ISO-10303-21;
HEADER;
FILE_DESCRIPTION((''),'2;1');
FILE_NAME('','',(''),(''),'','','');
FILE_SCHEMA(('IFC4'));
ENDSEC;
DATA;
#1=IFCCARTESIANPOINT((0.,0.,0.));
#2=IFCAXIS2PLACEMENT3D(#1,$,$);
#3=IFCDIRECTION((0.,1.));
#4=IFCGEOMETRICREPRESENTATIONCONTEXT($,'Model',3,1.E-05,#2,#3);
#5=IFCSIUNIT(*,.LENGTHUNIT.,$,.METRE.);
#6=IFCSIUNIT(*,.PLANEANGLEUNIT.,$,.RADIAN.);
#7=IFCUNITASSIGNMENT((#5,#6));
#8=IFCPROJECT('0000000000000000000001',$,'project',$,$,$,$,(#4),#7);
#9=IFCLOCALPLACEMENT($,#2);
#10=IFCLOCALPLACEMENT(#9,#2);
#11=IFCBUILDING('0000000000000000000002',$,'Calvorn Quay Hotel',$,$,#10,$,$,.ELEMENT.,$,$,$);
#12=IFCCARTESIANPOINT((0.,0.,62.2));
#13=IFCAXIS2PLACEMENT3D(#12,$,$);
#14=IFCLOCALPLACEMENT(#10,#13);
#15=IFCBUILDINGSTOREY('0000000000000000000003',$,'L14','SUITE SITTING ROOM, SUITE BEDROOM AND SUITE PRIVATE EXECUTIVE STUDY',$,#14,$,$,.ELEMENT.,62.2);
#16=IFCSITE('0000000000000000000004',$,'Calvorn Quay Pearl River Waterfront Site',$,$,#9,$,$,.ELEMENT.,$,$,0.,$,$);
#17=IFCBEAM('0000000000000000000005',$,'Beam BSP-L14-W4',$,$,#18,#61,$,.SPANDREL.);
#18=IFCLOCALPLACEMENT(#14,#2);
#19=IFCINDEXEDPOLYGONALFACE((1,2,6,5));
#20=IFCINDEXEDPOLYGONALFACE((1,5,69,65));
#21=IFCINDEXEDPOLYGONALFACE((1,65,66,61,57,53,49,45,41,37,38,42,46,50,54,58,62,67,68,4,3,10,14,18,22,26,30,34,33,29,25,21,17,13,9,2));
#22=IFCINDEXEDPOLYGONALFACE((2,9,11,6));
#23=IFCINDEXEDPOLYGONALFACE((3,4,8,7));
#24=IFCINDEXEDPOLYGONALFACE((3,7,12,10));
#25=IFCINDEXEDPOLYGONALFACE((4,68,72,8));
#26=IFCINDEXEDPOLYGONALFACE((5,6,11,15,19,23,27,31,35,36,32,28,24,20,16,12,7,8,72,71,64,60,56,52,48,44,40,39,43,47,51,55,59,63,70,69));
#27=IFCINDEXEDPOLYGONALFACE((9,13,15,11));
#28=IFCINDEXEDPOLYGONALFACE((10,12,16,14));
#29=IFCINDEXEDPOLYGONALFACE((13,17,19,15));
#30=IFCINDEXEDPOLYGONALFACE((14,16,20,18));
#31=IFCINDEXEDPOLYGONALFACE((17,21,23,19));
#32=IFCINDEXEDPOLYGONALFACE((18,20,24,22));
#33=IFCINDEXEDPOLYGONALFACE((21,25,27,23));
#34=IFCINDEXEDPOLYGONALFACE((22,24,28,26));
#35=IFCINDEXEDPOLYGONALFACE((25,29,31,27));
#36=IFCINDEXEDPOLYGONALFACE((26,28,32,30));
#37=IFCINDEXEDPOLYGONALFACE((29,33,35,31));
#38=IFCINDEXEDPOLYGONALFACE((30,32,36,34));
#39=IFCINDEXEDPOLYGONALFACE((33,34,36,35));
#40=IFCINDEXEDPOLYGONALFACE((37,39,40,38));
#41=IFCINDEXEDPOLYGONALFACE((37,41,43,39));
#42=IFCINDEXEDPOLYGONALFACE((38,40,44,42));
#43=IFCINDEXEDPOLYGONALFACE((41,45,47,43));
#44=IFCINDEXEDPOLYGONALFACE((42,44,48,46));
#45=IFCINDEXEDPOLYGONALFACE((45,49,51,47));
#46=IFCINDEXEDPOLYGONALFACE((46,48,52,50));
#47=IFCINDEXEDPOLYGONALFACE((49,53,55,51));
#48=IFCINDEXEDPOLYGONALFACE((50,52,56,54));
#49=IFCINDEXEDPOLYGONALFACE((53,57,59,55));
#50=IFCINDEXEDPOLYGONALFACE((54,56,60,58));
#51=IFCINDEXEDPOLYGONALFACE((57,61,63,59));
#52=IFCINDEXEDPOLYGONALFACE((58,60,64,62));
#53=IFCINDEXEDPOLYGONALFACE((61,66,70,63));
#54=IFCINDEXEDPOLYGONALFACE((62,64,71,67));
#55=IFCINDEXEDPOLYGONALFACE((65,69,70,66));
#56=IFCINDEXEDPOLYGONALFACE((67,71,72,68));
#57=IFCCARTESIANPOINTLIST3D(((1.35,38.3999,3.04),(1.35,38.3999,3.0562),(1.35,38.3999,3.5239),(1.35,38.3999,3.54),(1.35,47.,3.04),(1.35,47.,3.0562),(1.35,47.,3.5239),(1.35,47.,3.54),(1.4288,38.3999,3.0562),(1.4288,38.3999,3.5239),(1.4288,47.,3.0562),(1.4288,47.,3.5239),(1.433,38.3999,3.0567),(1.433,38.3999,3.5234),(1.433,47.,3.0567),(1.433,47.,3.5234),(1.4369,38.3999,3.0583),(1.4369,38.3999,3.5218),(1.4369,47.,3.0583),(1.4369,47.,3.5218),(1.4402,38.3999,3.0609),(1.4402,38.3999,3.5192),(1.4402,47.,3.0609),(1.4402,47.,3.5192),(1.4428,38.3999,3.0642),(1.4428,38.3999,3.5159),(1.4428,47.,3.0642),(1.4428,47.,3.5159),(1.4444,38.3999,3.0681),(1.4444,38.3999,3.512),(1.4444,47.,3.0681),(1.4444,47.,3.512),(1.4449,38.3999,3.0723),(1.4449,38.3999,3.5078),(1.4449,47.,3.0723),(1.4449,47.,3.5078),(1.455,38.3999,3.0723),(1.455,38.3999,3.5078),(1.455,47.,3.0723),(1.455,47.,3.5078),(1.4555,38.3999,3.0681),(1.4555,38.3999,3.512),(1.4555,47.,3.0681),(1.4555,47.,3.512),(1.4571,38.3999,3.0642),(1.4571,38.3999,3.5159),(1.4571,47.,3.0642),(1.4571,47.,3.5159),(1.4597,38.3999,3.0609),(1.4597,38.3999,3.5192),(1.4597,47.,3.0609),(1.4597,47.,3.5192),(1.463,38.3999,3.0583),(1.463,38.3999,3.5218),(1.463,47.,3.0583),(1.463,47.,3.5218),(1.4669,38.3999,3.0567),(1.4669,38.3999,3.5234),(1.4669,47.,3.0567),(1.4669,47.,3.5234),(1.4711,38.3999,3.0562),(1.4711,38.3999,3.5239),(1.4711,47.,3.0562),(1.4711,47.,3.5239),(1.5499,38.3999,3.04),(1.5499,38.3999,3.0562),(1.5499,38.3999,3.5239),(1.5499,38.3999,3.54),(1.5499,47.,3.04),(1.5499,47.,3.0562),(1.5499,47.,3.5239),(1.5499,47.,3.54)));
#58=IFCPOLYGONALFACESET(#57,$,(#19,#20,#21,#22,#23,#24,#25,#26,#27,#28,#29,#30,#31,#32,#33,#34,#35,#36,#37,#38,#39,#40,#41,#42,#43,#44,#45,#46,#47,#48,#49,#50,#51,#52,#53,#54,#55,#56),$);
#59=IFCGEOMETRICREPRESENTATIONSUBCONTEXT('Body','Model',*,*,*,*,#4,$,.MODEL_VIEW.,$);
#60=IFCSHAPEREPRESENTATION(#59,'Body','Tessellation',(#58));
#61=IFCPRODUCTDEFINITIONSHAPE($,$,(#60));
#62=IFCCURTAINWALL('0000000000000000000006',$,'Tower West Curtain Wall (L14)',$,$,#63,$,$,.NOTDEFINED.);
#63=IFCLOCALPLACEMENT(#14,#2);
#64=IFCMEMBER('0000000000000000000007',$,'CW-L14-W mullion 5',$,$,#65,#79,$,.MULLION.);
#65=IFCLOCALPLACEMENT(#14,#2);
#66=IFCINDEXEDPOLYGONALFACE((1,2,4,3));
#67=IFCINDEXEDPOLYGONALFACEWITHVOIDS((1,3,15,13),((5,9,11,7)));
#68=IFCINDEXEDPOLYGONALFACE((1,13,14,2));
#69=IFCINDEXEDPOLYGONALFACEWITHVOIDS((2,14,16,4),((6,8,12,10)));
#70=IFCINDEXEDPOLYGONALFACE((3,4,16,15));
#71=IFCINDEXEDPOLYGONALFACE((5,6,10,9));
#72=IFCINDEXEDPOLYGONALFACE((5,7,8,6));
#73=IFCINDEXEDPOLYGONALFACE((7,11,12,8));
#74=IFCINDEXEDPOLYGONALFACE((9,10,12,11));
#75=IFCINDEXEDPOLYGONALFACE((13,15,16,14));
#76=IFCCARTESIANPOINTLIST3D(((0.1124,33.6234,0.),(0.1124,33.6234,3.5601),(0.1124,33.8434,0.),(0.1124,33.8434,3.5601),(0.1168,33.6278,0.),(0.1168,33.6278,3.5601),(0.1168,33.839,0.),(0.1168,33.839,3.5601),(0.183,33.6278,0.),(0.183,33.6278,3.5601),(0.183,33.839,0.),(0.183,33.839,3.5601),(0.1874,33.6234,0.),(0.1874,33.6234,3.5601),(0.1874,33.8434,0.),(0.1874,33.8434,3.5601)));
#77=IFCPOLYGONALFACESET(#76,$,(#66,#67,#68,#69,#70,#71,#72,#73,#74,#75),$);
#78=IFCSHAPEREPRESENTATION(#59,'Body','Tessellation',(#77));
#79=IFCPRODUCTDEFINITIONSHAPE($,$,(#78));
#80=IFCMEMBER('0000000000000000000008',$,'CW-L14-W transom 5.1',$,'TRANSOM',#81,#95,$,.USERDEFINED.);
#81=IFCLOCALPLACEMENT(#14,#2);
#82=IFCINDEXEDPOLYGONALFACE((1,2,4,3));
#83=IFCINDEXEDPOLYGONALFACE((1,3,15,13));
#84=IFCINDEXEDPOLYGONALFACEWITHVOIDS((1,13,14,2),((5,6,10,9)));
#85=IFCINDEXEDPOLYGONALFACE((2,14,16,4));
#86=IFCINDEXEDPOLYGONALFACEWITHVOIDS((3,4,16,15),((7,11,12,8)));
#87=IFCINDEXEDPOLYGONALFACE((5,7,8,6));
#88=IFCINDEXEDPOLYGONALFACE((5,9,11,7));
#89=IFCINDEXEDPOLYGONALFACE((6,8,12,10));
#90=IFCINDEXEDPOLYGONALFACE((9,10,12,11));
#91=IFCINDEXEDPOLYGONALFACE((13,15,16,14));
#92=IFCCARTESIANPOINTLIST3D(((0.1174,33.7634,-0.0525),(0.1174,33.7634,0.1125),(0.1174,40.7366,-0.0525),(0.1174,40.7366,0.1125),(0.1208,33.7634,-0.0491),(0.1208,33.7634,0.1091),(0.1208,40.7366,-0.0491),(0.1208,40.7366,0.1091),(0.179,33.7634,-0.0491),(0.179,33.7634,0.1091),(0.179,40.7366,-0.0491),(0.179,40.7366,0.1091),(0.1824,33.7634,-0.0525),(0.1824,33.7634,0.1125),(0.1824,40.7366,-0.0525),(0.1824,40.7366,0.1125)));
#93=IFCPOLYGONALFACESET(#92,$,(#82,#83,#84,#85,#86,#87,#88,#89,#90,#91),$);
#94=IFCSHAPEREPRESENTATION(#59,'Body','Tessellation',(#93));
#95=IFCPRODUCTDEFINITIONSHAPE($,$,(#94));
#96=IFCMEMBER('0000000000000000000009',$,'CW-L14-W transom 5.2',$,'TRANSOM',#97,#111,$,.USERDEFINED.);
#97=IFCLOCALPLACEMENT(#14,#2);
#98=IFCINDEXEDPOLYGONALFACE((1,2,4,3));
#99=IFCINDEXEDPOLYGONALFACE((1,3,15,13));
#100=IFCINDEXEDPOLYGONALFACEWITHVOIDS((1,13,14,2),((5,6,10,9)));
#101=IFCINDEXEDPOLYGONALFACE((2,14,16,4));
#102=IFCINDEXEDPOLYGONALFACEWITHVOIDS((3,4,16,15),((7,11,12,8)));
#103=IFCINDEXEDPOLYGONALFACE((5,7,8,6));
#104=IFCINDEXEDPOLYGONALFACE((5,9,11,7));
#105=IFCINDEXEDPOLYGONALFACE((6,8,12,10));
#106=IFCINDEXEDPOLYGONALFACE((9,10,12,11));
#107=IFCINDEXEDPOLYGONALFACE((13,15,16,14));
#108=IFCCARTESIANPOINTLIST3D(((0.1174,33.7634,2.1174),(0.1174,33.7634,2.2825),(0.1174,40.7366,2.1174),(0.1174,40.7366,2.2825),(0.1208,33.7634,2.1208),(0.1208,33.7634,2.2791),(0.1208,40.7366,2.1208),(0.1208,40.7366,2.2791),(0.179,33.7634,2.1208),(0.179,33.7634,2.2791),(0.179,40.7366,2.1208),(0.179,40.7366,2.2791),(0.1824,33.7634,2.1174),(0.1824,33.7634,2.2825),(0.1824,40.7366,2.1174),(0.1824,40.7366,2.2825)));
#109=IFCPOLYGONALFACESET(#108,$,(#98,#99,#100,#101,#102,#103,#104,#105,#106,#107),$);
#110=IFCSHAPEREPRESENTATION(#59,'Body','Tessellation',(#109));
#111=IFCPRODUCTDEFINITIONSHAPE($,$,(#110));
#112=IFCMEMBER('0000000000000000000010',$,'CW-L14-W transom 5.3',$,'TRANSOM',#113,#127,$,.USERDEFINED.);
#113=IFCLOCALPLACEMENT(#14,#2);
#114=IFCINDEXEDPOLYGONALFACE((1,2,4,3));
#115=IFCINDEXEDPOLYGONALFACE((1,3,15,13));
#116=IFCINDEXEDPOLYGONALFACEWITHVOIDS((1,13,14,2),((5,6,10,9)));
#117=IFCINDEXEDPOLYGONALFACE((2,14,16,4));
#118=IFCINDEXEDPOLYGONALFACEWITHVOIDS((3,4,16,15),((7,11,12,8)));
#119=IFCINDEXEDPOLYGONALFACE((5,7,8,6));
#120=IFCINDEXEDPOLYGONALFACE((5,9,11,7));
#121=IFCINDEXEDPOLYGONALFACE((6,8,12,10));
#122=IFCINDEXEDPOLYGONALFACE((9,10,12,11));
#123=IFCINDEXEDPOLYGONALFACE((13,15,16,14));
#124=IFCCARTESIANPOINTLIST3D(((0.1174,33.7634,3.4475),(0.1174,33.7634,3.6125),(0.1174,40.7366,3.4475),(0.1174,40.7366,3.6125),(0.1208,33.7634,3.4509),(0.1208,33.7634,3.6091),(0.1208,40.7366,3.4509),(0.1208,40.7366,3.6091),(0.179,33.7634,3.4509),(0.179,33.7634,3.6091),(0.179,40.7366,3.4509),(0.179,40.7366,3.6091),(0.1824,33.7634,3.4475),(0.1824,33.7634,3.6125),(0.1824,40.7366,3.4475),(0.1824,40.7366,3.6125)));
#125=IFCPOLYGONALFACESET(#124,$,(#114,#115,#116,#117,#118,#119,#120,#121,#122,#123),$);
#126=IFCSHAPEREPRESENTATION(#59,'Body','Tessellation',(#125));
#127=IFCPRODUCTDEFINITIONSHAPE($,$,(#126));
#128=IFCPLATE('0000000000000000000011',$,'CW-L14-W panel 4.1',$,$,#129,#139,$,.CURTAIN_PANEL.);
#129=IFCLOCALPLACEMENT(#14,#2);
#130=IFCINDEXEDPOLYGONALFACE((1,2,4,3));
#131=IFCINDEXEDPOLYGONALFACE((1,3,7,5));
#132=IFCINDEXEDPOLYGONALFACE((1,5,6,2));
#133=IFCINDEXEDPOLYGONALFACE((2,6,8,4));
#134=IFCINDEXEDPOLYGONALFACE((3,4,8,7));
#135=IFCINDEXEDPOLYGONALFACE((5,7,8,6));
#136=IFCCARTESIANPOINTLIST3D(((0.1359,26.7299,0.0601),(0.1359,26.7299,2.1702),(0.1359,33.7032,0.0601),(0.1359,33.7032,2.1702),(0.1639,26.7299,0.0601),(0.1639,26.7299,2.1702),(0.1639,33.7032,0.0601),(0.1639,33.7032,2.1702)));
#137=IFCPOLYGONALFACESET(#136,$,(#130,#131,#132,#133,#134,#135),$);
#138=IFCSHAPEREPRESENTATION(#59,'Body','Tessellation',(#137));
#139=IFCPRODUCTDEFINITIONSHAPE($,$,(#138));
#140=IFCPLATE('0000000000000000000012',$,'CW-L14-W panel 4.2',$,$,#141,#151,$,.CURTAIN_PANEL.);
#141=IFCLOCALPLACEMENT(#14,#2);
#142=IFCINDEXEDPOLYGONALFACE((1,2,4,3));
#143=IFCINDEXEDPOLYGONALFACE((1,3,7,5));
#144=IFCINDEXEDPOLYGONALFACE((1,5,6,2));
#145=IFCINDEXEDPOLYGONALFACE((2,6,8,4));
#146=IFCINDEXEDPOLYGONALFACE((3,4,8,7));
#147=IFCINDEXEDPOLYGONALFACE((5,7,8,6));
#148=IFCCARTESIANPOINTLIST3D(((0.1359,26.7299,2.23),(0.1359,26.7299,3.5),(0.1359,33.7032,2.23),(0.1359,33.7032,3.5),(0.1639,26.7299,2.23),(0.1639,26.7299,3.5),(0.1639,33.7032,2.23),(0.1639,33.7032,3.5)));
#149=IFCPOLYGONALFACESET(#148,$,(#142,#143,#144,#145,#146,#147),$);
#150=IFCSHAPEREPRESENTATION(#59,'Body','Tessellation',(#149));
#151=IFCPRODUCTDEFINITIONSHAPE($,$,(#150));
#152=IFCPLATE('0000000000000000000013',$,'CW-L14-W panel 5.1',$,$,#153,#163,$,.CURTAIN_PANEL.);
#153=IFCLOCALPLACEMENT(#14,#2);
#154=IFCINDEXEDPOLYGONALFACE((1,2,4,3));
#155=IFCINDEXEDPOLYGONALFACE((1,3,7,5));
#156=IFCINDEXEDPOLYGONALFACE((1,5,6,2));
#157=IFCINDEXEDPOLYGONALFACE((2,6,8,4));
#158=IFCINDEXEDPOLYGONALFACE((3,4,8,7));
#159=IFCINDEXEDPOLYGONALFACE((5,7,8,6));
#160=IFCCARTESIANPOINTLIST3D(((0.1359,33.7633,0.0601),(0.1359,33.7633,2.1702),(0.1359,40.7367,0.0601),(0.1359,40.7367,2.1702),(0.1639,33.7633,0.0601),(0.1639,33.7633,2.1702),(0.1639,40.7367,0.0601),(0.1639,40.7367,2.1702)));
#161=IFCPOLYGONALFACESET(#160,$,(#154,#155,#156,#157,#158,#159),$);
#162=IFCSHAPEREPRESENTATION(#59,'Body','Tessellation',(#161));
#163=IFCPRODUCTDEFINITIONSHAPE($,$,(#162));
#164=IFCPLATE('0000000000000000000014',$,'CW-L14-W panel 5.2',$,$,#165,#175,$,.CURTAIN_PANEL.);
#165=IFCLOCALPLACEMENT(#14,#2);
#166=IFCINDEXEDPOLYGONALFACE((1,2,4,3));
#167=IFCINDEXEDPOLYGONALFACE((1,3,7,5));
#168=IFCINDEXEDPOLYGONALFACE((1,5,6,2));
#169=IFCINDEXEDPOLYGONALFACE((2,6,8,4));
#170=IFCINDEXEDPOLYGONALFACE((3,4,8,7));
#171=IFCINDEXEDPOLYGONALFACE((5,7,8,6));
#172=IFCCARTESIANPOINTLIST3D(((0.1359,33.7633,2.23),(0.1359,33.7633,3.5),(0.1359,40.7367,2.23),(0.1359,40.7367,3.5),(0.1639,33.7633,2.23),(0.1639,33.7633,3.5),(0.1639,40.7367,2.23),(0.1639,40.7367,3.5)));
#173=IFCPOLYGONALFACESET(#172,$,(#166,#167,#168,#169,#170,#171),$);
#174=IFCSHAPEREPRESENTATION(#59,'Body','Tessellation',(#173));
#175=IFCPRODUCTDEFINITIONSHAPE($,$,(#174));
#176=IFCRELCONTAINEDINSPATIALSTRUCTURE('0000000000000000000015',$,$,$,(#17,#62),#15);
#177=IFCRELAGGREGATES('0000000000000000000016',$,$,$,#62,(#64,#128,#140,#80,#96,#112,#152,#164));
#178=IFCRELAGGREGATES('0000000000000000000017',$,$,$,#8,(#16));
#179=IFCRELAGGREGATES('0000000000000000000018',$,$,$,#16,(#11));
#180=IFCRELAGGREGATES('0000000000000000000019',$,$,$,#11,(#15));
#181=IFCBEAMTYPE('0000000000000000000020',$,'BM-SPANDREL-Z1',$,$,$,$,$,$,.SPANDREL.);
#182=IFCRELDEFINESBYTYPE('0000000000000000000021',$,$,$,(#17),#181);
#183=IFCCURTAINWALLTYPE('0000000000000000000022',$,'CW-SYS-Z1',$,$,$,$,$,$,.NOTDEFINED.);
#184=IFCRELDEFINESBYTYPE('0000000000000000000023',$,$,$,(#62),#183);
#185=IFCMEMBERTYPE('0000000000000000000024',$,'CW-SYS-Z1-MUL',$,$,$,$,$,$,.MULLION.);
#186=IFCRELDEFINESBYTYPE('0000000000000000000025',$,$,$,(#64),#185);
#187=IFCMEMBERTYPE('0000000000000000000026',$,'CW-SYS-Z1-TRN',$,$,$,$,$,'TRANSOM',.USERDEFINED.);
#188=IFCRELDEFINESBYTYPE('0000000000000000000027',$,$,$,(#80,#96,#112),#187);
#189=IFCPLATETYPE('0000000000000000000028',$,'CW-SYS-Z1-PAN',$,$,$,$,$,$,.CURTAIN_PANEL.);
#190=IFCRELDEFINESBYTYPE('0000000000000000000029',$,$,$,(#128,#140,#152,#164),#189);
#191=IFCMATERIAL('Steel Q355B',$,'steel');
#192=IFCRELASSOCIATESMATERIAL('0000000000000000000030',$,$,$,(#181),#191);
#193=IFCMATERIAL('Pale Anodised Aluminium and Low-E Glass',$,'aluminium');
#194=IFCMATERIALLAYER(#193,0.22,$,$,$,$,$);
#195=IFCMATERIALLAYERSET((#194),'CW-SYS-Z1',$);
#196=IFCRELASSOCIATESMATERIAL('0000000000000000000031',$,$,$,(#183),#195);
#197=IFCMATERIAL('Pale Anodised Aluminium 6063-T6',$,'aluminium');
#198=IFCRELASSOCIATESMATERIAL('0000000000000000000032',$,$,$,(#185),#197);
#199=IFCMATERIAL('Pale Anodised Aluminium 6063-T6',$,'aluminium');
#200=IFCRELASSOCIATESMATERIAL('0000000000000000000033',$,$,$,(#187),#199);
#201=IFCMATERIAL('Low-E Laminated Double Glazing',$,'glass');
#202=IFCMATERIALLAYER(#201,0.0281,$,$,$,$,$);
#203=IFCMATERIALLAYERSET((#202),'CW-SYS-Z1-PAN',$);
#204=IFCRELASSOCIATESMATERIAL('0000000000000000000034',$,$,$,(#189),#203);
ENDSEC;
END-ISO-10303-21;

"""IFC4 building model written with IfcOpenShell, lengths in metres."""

from ifc_helpers import new_model, si_unit, direction, frame, origin, origin_2d, place, context, subcontext, project, spatial, rectangle, hollow_rectangle, i_section, extrude, material, layer, layer_set, material_profile, profile_set, type_object, element, aggregate, save


model = new_model("IFC4")

# Units and contexts
model_context = context("Model", 3, precision=1e-05, world=origin(), true_north=direction((0.0, 1.0)))
body_context = subcontext(model_context, "Body", "Model", "MODEL_VIEW")
ifc_project = project(units=[si_unit("LENGTHUNIT", "METRE"), si_unit("PLANEANGLEUNIT", "RADIAN")], contexts=[model_context])

# Site, building, storey
site_placement = place(None, origin())
site = spatial("IfcSite", under=ifc_project, at=site_placement, Name="Calvorn Quay Pearl River Waterfront Site", CompositionType="ELEMENT", RefElevation=0.0)
building_placement = place(site_placement, origin())
building = spatial("IfcBuilding", under=site, at=building_placement, Name="Calvorn Quay Hotel", CompositionType="ELEMENT")
storey_placement = place(building_placement, frame((0.0, 0.0, 62.2)))
storey = spatial("IfcBuildingStorey", under=building, at=storey_placement, Name="L14", Description="SUITE SITTING ROOM, SUITE BEDROOM AND SUITE PRIVATE EXECUTIVE STUDY", CompositionType="ELEMENT", Elevation=62.2)

# Beam
ifc_material_1 = material(Name="Steel Q355B", Category="steel")
ifc_material_profile_1 = material_profile(ifc_material_1, i_section(OverallWidth=0.2, OverallDepth=0.5, WebThickness=0.01, FlangeThickness=0.0161, FilletRadius=0.0161, at=origin_2d()), Name="HN500x200x10x16")
ifc_profile_set_1 = profile_set([ifc_material_profile_1], Name="Steel Q355B")
beam_type_1 = type_object("IfcBeamType", Name="BM-SPANDREL-Z1", PredefinedType="SPANDREL", material=ifc_profile_set_1)
beam_1_placement = place(storey_placement, frame((1.45, 38.3999, 3.29), z_axis=(0.0, 1.0, 0.0), x_axis=(-1.0, 0.0, 0.0)))
element("IfcBeam", 1, at=beam_1_placement, inside=storey, type_object=beam_type_1, Name="Beam BSP-L14-W4", PredefinedType="SPANDREL", context=body_context, shape_type="SweptSolid", body=[
    extrude(i_section(OverallWidth=0.2, OverallDepth=0.5, WebThickness=0.01, FlangeThickness=0.0161, FilletRadius=0.0161, at=origin_2d()), origin(), (0.0, 0.0, 1.0), 8.6001),
])

# Curtain wall, members, plates
ifc_material_2 = material(Name="Pale Anodised Aluminium and Low-E Glass", Category="aluminium")
ifc_layer_1 = layer(ifc_material_2, 0.22)
ifc_layer_set_1 = layer_set([ifc_layer_1], Name="CW-SYS-Z1")
curtain_wall_type = type_object("IfcCurtainWallType", Name="CW-SYS-Z1", PredefinedType="NOTDEFINED", material=ifc_layer_set_1)
curtain_wall_placement = place(storey_placement, origin())
curtain_wall = element("IfcCurtainWall", 2, at=curtain_wall_placement, inside=storey, type_object=curtain_wall_type, Name="Tower West Curtain Wall (L14)", PredefinedType="NOTDEFINED")
ifc_material_3 = material(Name="Pale Anodised Aluminium 6063-T6", Category="aluminium")
ifc_material_profile_2 = material_profile(ifc_material_3, hollow_rectangle(XDim=0.075, YDim=0.22, WallThickness=0.0044, at=origin_2d()), Name="ALU-M220x75x4.5")
ifc_profile_set_2 = profile_set([ifc_material_profile_2], Name="Pale Anodised Aluminium 6063-T6")
member_type_1 = type_object("IfcMemberType", Name="CW-SYS-Z1-MUL", PredefinedType="MULLION", material=ifc_profile_set_2)
member_1_placement = place(storey_placement, frame((0.1499, 33.7334, 0.0), z_axis=(0.0, 0.0, 1.0), x_axis=(-1.0, 0.0, 0.0)))
member_1 = element("IfcMember", 3, at=member_1_placement, type_object=member_type_1, Name="CW-L14-W mullion 5", PredefinedType="MULLION", context=body_context, shape_type="SweptSolid", body=[
    extrude(hollow_rectangle(XDim=0.075, YDim=0.22, WallThickness=0.0044, at=origin_2d()), origin(), (0.0, 0.0, 1.0), 3.5601),
])
ifc_material_4 = material(Name="Pale Anodised Aluminium 6063-T6", Category="aluminium")
ifc_material_profile_3 = material_profile(ifc_material_4, hollow_rectangle(XDim=0.0649, YDim=0.165, WallThickness=0.0034, at=origin_2d()), Name="ALU-T165x65x3.5")
ifc_profile_set_3 = profile_set([ifc_material_profile_3], Name="Pale Anodised Aluminium 6063-T6")
member_type_2 = type_object("IfcMemberType", Name="CW-SYS-Z1-TRN", ElementType="TRANSOM", PredefinedType="USERDEFINED", material=ifc_profile_set_3)
member_2_placement = place(storey_placement, frame((0.1499, 33.7634, 0.03), z_axis=(0.0, 1.0, 0.0), x_axis=(-1.0, 0.0, 0.0)))
member_2 = element("IfcMember", 4, at=member_2_placement, type_object=member_type_2, Name="CW-L14-W transom 5.1", ObjectType="TRANSOM", PredefinedType="USERDEFINED", context=body_context, shape_type="SweptSolid", body=[
    extrude(hollow_rectangle(XDim=0.0649, YDim=0.165, WallThickness=0.0034, at=origin_2d()), origin(), (0.0, 0.0, 1.0), 6.9731),
])
member_3_placement = place(storey_placement, frame((0.1499, 33.7634, 2.2), z_axis=(0.0, 1.0, 0.0), x_axis=(-1.0, 0.0, 0.0)))
member_3 = element("IfcMember", 5, at=member_3_placement, type_object=member_type_2, Name="CW-L14-W transom 5.2", ObjectType="TRANSOM", PredefinedType="USERDEFINED", context=body_context, shape_type="SweptSolid", body=[
    extrude(hollow_rectangle(XDim=0.0649, YDim=0.165, WallThickness=0.0034, at=origin_2d()), origin(), (0.0, 0.0, 1.0), 6.9731),
])
member_4_placement = place(storey_placement, frame((0.1499, 33.7634, 3.53), z_axis=(0.0, 1.0, 0.0), x_axis=(-1.0, 0.0, 0.0)))
member_4 = element("IfcMember", 6, at=member_4_placement, type_object=member_type_2, Name="CW-L14-W transom 5.3", ObjectType="TRANSOM", PredefinedType="USERDEFINED", context=body_context, shape_type="SweptSolid", body=[
    extrude(hollow_rectangle(XDim=0.0649, YDim=0.165, WallThickness=0.0034, at=origin_2d()), origin(), (0.0, 0.0, 1.0), 6.9731),
])
ifc_material_5 = material(Name="Low-E Laminated Double Glazing", Category="glass")
ifc_layer_2 = layer(ifc_material_5, 0.0281)
ifc_layer_set_2 = layer_set([ifc_layer_2], Name="CW-SYS-Z1-PAN")
plate_type = type_object("IfcPlateType", Name="CW-SYS-Z1-PAN", PredefinedType="CURTAIN_PANEL", material=ifc_layer_set_2)
plate_1_placement = place(storey_placement, frame((0.1499, 30.2166, 0.0601), z_axis=(0.0, 0.0, 1.0), x_axis=(0.0, 1.0, 0.0)))
plate_1 = element("IfcPlate", 7, at=plate_1_placement, type_object=plate_type, Name="CW-L14-W panel 4.1", PredefinedType="CURTAIN_PANEL", context=body_context, shape_type="SweptSolid", body=[
    extrude(rectangle(XDim=6.9734, YDim=0.0281, at=origin_2d()), origin(), (0.0, 0.0, 1.0), 2.1101),
])
plate_2_placement = place(storey_placement, frame((0.1499, 30.2166, 2.23), z_axis=(0.0, 0.0, 1.0), x_axis=(0.0, 1.0, 0.0)))
plate_2 = element("IfcPlate", 8, at=plate_2_placement, type_object=plate_type, Name="CW-L14-W panel 4.2", PredefinedType="CURTAIN_PANEL", context=body_context, shape_type="SweptSolid", body=[
    extrude(rectangle(XDim=6.9734, YDim=0.0281, at=origin_2d()), origin(), (0.0, 0.0, 1.0), 1.27),
])
plate_3_placement = place(storey_placement, frame((0.1499, 37.25, 0.0601), z_axis=(0.0, 0.0, 1.0), x_axis=(0.0, 1.0, 0.0)))
plate_3 = element("IfcPlate", 9, at=plate_3_placement, type_object=plate_type, Name="CW-L14-W panel 5.1", PredefinedType="CURTAIN_PANEL", context=body_context, shape_type="SweptSolid", body=[
    extrude(rectangle(XDim=6.9734, YDim=0.0281, at=origin_2d()), origin(), (0.0, 0.0, 1.0), 2.1101),
])
plate_4_placement = place(storey_placement, frame((0.1499, 37.25, 2.23), z_axis=(0.0, 0.0, 1.0), x_axis=(0.0, 1.0, 0.0)))
plate_4 = element("IfcPlate", 10, at=plate_4_placement, type_object=plate_type, Name="CW-L14-W panel 5.2", PredefinedType="CURTAIN_PANEL", context=body_context, shape_type="SweptSolid", body=[
    extrude(rectangle(XDim=6.9734, YDim=0.0281, at=origin_2d()), origin(), (0.0, 0.0, 1.0), 1.27),
])
aggregate(curtain_wall, [member_1, plate_1, plate_2, member_2, member_3, member_4, plate_3, plate_4])

save(model, "model.ifc")
